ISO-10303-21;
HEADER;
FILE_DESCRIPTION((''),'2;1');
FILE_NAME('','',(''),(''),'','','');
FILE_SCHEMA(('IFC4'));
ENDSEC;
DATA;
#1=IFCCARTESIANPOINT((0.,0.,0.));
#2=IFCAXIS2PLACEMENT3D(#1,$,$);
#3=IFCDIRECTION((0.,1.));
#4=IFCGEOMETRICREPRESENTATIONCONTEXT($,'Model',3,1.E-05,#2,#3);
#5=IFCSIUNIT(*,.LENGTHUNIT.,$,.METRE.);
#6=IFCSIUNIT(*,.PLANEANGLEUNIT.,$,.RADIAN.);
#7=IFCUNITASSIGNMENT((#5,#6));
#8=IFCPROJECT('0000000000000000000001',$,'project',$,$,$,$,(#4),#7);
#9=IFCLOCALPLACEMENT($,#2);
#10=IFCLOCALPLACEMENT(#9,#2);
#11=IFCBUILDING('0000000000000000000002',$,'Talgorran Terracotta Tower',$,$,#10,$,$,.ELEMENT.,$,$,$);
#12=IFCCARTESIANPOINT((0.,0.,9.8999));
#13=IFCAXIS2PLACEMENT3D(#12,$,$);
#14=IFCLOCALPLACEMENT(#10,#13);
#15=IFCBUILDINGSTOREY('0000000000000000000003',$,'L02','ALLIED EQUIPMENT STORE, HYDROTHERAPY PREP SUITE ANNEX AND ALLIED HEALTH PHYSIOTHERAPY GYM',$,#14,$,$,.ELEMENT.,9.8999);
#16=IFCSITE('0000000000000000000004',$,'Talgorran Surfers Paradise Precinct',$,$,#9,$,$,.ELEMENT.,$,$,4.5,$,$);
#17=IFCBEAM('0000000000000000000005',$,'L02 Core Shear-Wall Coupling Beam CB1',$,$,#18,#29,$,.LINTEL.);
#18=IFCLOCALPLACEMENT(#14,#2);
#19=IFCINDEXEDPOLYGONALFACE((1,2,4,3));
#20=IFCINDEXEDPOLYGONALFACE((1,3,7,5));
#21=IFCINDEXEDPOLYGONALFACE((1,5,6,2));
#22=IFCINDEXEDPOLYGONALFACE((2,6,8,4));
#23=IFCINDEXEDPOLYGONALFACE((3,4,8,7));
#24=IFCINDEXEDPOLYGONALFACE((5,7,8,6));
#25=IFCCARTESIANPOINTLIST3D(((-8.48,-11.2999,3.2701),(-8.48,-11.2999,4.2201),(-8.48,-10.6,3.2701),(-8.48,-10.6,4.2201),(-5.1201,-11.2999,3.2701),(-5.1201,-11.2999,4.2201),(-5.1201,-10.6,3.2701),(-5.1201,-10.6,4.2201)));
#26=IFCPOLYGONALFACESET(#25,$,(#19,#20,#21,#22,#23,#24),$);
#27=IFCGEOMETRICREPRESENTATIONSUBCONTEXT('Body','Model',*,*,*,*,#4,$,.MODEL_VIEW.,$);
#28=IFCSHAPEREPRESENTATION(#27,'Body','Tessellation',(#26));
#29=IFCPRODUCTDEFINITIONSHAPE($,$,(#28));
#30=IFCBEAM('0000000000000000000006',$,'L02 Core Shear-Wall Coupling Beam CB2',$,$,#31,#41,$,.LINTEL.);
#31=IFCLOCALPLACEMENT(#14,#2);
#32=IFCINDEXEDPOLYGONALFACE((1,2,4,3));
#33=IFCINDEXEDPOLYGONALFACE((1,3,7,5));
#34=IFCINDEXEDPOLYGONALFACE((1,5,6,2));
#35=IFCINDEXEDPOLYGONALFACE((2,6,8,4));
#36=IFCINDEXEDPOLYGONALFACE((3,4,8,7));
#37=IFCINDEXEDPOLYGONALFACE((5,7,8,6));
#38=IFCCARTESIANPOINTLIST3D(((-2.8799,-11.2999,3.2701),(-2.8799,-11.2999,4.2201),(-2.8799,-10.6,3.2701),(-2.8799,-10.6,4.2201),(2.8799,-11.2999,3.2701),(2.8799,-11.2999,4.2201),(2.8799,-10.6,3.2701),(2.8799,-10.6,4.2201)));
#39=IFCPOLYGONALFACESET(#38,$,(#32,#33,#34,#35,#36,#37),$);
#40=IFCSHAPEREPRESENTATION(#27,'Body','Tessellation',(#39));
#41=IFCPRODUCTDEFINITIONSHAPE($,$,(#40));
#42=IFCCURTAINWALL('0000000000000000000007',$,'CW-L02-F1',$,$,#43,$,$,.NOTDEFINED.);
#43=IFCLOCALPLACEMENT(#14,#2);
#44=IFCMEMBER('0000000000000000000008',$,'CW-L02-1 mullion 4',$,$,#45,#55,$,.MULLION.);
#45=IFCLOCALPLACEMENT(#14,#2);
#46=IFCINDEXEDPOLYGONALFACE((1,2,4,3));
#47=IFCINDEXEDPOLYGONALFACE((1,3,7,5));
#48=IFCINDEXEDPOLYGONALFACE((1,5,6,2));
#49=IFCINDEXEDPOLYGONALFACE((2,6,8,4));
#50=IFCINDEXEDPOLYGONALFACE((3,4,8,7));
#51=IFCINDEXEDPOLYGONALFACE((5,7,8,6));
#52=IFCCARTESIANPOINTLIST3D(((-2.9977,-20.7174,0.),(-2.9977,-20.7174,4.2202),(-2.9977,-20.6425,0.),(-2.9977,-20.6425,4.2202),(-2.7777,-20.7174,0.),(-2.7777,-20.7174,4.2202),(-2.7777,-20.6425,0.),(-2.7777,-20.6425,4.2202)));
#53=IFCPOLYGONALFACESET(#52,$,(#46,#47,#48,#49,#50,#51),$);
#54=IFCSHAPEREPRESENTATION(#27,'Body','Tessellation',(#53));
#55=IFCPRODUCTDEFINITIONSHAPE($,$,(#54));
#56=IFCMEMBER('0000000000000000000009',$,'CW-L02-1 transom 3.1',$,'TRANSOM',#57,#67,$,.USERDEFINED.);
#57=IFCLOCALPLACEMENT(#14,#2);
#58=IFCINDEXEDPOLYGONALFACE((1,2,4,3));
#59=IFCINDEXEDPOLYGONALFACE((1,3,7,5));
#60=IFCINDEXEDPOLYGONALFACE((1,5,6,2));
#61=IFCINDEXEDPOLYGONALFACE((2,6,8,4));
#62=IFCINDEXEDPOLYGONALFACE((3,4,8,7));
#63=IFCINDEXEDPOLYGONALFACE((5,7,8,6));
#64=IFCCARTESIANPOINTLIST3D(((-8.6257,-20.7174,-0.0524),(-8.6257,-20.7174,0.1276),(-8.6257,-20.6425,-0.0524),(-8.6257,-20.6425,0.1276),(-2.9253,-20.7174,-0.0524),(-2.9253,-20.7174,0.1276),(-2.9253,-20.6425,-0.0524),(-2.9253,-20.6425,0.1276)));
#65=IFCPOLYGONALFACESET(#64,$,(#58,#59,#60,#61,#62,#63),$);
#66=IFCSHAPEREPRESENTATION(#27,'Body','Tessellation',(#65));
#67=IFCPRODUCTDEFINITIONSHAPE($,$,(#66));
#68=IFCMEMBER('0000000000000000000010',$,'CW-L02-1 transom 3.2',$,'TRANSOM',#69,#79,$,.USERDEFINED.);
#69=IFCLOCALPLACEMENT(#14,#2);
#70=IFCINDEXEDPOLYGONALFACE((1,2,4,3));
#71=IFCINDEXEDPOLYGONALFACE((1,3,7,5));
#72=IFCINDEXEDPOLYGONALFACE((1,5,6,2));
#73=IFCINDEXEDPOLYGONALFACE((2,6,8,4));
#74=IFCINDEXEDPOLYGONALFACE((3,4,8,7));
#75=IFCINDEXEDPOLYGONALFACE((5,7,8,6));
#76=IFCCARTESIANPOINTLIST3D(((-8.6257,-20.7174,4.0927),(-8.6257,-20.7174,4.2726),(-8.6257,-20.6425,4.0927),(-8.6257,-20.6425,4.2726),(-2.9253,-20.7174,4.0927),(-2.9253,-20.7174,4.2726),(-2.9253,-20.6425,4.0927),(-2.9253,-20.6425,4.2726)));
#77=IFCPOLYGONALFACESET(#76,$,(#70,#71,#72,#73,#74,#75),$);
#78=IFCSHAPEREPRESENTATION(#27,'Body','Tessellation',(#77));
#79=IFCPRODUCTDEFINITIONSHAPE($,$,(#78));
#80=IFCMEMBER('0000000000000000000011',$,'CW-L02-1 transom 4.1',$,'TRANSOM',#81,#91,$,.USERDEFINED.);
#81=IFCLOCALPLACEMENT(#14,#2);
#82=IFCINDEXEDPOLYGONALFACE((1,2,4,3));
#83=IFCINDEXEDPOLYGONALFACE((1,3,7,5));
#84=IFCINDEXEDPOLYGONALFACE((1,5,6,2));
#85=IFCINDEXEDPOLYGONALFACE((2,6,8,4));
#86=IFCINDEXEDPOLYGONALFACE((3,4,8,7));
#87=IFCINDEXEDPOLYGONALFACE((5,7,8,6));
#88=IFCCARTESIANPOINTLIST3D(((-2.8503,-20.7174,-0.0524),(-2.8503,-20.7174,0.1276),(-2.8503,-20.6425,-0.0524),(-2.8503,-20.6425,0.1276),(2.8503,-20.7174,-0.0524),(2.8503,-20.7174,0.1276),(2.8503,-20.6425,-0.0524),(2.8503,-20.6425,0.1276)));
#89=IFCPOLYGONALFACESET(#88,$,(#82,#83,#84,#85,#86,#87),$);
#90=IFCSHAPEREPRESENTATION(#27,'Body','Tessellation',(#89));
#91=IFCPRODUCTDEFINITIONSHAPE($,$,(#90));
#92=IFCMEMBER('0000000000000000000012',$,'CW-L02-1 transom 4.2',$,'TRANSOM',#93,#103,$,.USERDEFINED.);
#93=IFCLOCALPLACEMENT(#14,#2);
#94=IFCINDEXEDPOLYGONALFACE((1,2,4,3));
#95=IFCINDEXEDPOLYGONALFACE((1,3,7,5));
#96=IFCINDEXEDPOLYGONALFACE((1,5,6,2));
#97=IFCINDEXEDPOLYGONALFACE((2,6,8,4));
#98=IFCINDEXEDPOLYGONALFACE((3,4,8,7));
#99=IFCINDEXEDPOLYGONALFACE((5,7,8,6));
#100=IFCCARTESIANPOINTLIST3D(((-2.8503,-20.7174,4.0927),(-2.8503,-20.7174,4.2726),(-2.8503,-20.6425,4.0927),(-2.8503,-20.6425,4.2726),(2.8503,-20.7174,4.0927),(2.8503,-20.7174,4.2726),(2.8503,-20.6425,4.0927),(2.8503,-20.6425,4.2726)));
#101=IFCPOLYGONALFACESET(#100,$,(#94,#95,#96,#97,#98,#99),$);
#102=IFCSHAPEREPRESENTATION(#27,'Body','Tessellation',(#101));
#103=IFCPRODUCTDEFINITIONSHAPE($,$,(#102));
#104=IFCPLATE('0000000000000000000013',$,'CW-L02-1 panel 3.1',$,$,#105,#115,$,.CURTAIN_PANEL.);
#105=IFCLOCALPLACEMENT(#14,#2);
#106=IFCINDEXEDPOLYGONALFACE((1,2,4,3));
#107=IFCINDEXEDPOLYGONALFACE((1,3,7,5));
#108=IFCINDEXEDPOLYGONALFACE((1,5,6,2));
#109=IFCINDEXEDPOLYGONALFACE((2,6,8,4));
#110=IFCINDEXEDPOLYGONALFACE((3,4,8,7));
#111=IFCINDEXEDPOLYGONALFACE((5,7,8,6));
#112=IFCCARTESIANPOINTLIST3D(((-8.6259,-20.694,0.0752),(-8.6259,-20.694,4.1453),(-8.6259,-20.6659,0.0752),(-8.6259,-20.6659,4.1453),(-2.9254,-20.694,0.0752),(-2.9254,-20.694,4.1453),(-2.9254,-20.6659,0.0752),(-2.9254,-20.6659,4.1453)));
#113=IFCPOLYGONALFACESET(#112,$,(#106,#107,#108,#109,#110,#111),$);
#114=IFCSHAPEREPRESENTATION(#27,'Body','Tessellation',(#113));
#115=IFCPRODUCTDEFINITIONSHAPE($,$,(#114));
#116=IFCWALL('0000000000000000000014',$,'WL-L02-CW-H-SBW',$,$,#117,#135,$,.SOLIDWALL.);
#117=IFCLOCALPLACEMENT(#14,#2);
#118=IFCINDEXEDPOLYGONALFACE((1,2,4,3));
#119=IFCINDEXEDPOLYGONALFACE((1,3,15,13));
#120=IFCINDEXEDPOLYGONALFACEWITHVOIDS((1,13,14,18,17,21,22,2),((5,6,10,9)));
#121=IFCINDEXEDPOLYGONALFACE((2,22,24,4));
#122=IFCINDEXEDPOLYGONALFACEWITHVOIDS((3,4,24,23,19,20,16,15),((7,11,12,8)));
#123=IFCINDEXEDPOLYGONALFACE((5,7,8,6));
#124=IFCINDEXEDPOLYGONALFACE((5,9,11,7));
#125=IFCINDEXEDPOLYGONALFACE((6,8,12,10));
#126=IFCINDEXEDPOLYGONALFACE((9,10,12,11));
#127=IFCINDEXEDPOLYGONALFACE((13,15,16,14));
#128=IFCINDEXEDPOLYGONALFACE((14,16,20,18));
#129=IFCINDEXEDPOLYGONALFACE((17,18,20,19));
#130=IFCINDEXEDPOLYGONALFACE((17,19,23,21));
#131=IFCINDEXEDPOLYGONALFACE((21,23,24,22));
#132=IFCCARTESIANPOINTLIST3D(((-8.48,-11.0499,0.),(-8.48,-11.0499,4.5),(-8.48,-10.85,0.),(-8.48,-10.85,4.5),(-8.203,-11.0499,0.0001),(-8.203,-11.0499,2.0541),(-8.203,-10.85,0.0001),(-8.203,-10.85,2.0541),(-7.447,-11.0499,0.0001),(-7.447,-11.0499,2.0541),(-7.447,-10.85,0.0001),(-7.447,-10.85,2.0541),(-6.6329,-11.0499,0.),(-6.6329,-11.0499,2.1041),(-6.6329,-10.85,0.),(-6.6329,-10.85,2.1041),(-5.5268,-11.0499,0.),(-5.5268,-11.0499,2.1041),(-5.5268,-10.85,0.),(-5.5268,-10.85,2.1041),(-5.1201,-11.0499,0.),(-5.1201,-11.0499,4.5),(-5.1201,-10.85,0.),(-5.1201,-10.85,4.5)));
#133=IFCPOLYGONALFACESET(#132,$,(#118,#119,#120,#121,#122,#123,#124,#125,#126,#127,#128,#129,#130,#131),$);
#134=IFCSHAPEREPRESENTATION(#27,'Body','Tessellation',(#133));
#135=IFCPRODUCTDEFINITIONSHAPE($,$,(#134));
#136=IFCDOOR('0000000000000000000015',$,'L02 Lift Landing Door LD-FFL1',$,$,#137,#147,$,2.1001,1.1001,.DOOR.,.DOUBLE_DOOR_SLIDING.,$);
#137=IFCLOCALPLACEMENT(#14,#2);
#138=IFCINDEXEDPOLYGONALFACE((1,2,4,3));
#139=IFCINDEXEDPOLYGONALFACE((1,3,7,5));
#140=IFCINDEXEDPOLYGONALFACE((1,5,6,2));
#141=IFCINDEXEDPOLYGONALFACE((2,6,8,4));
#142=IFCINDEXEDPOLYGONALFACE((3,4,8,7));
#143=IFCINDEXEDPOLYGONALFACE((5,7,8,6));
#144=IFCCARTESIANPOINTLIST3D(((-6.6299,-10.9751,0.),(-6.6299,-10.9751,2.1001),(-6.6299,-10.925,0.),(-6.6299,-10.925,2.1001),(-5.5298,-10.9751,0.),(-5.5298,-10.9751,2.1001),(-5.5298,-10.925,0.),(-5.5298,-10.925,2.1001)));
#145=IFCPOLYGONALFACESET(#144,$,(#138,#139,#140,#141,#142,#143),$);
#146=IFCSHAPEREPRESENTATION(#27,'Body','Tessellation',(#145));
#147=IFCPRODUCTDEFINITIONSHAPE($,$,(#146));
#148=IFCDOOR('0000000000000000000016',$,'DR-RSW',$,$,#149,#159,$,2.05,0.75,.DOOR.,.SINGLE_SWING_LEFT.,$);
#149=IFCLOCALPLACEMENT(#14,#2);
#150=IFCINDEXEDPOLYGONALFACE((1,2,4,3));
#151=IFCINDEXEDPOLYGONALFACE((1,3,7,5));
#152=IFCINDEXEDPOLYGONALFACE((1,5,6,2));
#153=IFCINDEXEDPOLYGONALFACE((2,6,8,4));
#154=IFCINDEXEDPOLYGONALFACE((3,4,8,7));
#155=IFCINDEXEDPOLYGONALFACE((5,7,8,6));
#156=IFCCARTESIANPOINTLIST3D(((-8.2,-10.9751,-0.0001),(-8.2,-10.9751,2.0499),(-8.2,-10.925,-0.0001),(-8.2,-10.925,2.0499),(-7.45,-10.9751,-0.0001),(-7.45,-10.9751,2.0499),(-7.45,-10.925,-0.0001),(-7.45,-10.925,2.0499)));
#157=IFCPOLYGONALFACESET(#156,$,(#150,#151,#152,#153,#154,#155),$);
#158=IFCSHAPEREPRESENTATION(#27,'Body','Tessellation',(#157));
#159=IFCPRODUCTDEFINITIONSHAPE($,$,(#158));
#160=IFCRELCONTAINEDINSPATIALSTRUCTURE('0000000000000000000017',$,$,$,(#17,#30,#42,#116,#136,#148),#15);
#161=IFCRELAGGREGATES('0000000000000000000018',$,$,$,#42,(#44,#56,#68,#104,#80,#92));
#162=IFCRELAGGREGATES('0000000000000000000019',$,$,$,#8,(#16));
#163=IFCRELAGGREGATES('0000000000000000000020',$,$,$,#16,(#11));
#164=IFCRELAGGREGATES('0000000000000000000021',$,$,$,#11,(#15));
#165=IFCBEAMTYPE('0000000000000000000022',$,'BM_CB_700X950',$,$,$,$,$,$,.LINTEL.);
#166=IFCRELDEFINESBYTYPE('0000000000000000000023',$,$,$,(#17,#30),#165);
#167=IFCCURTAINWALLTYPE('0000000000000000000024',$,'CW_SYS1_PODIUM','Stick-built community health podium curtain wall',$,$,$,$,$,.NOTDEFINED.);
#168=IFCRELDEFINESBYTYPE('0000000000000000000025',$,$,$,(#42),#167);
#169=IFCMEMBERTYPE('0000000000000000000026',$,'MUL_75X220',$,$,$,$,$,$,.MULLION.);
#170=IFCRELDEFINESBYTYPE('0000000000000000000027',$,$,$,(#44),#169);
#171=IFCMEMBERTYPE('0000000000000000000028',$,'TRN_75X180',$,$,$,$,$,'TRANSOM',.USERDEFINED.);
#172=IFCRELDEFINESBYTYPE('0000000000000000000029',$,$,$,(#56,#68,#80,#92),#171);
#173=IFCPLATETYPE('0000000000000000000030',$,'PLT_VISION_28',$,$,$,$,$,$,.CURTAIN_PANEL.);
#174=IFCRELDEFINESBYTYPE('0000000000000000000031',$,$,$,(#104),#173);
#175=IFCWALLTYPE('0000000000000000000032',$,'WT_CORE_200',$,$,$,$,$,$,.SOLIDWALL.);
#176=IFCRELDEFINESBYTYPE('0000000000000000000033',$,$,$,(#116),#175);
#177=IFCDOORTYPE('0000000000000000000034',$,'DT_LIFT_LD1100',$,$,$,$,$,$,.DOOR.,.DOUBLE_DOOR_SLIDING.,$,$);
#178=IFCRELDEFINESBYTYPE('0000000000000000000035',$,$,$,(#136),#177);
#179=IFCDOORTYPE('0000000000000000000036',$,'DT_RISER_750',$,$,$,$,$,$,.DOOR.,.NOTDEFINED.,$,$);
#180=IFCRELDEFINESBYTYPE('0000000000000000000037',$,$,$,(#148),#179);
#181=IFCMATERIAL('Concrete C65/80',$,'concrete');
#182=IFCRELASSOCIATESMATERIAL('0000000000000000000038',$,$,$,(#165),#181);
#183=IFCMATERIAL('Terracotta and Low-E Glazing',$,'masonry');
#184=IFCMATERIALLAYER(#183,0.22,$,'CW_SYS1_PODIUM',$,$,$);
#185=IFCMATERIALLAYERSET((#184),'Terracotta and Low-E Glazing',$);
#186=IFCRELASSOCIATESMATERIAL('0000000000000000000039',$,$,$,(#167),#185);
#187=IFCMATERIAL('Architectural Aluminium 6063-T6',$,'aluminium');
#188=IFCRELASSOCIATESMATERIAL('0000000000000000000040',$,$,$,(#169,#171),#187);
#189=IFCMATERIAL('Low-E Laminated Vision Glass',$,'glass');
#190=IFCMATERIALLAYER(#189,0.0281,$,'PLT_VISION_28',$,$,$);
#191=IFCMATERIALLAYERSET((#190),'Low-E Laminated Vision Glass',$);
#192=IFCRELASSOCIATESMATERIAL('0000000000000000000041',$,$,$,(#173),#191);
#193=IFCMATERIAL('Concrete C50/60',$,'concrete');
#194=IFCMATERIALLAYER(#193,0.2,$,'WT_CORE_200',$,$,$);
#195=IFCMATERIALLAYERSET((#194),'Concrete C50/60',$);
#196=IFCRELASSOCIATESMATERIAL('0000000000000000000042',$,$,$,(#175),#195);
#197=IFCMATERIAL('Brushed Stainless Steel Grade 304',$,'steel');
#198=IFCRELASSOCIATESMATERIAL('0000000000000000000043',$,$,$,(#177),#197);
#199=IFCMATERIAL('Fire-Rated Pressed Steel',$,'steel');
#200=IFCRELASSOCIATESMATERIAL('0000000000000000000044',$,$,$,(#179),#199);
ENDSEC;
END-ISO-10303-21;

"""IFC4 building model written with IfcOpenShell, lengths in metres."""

from ifc_helpers import new_model, si_unit, direction, frame, frame_2d, origin, origin_2d, place, context, subcontext, project, spatial, rectangle, extrude, source, transform, mapped, material, layer, layer_set, material_profile, profile_set, type_object, type_shapes, element, fill, aggregate, save


model = new_model("IFC4")

# Units and contexts
model_context = context("Model", 3, precision=1e-05, world=origin(), true_north=direction((0.0, 1.0)))
body_context = subcontext(model_context, "Body", "Model", "MODEL_VIEW")
ifc_project = project(units=[si_unit("LENGTHUNIT", "METRE"), si_unit("PLANEANGLEUNIT", "RADIAN")], contexts=[model_context])

# Site, building, storey
site_placement = place(None, origin())
site = spatial("IfcSite", under=ifc_project, at=site_placement, Name="Talgorran Surfers Paradise Precinct", CompositionType="ELEMENT", RefElevation=4.5)
building_placement = place(site_placement, origin())
building = spatial("IfcBuilding", under=site, at=building_placement, Name="Talgorran Terracotta Tower", CompositionType="ELEMENT")
storey_placement = place(building_placement, frame((0.0, 0.0, 9.8999)))
storey = spatial("IfcBuildingStorey", under=building, at=storey_placement, Name="L02", Description="ALLIED EQUIPMENT STORE, HYDROTHERAPY PREP SUITE ANNEX AND ALLIED HEALTH PHYSIOTHERAPY GYM", CompositionType="ELEMENT", Elevation=9.8999)

# Beams
ifc_material_1 = material(Name="Concrete C65/80", Category="concrete")
ifc_material_profile_1 = material_profile(ifc_material_1, rectangle(XDim=0.7, YDim=0.95, at=origin_2d()), Name="RCCB700X950")
ifc_profile_set_1 = profile_set([ifc_material_profile_1], Name="Concrete C65/80")
beam_type = type_object("IfcBeamType", Name="BM_CB_700X950", PredefinedType="LINTEL", material=ifc_profile_set_1)
beam_1_placement = place(storey_placement, frame((-8.48, -10.95, 3.7451), z_axis=(1.0, 0.0, 0.0), x_axis=(0.0, 1.0, 0.0)))
element("IfcBeam", 1, at=beam_1_placement, inside=storey, type_object=beam_type, Name="L02 Core Shear-Wall Coupling Beam CB1", PredefinedType="LINTEL", context=body_context, shape_type="SweptSolid", body=[
    extrude(rectangle(XDim=0.7, YDim=0.95, at=origin_2d()), origin(), (0.0, 0.0, 1.0), 3.3599),
])
beam_2_placement = place(storey_placement, frame((-2.8799, -10.95, 3.7451), z_axis=(1.0, 0.0, 0.0), x_axis=(0.0, 1.0, 0.0)))
element("IfcBeam", 2, at=beam_2_placement, inside=storey, type_object=beam_type, Name="L02 Core Shear-Wall Coupling Beam CB2", PredefinedType="LINTEL", context=body_context, shape_type="SweptSolid", body=[
    extrude(rectangle(XDim=0.7, YDim=0.95, at=origin_2d()), origin(), (0.0, 0.0, 1.0), 5.7598),
])

# Curtain wall, members, plate
ifc_material_2 = material(Name="Terracotta and Low-E Glazing", Category="masonry")
ifc_layer_1 = layer(ifc_material_2, 0.22, Name="CW_SYS1_PODIUM")
ifc_layer_set_1 = layer_set([ifc_layer_1], Name="Terracotta and Low-E Glazing")
curtain_wall_type = type_object("IfcCurtainWallType", Name="CW_SYS1_PODIUM", Description="Stick-built community health podium curtain wall", PredefinedType="NOTDEFINED", material=ifc_layer_set_1)
curtain_wall_placement = place(storey_placement, origin())
curtain_wall = element("IfcCurtainWall", 3, at=curtain_wall_placement, inside=storey, type_object=curtain_wall_type, Name="CW-L02-F1", PredefinedType="NOTDEFINED")
ifc_material_3 = material(Name="Architectural Aluminium 6063-T6", Category="aluminium")
ifc_material_profile_2 = material_profile(ifc_material_3, rectangle(XDim=0.075, YDim=0.22, at=origin_2d()), Name="CWM75X220")
ifc_profile_set_2 = profile_set([ifc_material_profile_2], Name="Architectural Aluminium 6063-T6")
member_type_1 = type_object("IfcMemberType", Name="MUL_75X220", PredefinedType="MULLION", material=ifc_profile_set_2)
member_1_placement = place(storey_placement, frame((-2.8877, -20.6799, 0.0), z_axis=(0.0, 0.0, 1.0), x_axis=(0.0, 1.0, 0.0)))
member_1 = element("IfcMember", 4, at=member_1_placement, type_object=member_type_1, Name="CW-L02-1 mullion 4", PredefinedType="MULLION", context=body_context, shape_type="SweptSolid", body=[
    extrude(rectangle(XDim=0.075, YDim=0.22, at=origin_2d()), origin(), (0.0, 0.0, 1.0), 4.2202),
])
ifc_material_profile_3 = material_profile(ifc_material_3, rectangle(XDim=0.075, YDim=0.1799, at=origin_2d()), Name="CWT75X180")
ifc_profile_set_3 = profile_set([ifc_material_profile_3], Name="Architectural Aluminium 6063-T6")
member_type_2 = type_object("IfcMemberType", Name="TRN_75X180", ElementType="TRANSOM", PredefinedType="USERDEFINED", material=ifc_profile_set_3)
member_2_placement = place(storey_placement, frame((-8.6257, -20.6799, 0.0376), z_axis=(1.0, 0.0, 0.0), x_axis=(0.0, 1.0, 0.0)))
member_2 = element("IfcMember", 5, at=member_2_placement, type_object=member_type_2, Name="CW-L02-1 transom 3.1", ObjectType="TRANSOM", PredefinedType="USERDEFINED", context=body_context, shape_type="SweptSolid", body=[
    extrude(rectangle(XDim=0.075, YDim=0.1799, at=origin_2d()), origin(), (0.0, 0.0, 1.0), 5.7004),
])
member_3_placement = place(storey_placement, frame((-8.6257, -20.6799, 4.1826), z_axis=(1.0, 0.0, 0.0), x_axis=(0.0, 1.0, 0.0)))
member_3 = element("IfcMember", 6, at=member_3_placement, type_object=member_type_2, Name="CW-L02-1 transom 3.2", ObjectType="TRANSOM", PredefinedType="USERDEFINED", context=body_context, shape_type="SweptSolid", body=[
    extrude(rectangle(XDim=0.075, YDim=0.1799, at=origin_2d()), origin(), (0.0, 0.0, 1.0), 5.7004),
])
member_4_placement = place(storey_placement, frame((-2.8503, -20.6799, 0.0376), z_axis=(1.0, 0.0, 0.0), x_axis=(0.0, 1.0, 0.0)))
member_4 = element("IfcMember", 7, at=member_4_placement, type_object=member_type_2, Name="CW-L02-1 transom 4.1", ObjectType="TRANSOM", PredefinedType="USERDEFINED", context=body_context, shape_type="SweptSolid", body=[
    extrude(rectangle(XDim=0.075, YDim=0.1799, at=origin_2d()), origin(), (0.0, 0.0, 1.0), 5.7007),
])
member_5_placement = place(storey_placement, frame((-2.8503, -20.6799, 4.1826), z_axis=(1.0, 0.0, 0.0), x_axis=(0.0, 1.0, 0.0)))
member_5 = element("IfcMember", 8, at=member_5_placement, type_object=member_type_2, Name="CW-L02-1 transom 4.2", ObjectType="TRANSOM", PredefinedType="USERDEFINED", context=body_context, shape_type="SweptSolid", body=[
    extrude(rectangle(XDim=0.075, YDim=0.1799, at=origin_2d()), origin(), (0.0, 0.0, 1.0), 5.7007),
])
ifc_material_4 = material(Name="Low-E Laminated Vision Glass", Category="glass")
ifc_layer_2 = layer(ifc_material_4, 0.0281, Name="PLT_VISION_28")
ifc_layer_set_2 = layer_set([ifc_layer_2], Name="Low-E Laminated Vision Glass")
plate_type = type_object("IfcPlateType", Name="PLT_VISION_28", PredefinedType="CURTAIN_PANEL", material=ifc_layer_set_2)
shared_shape = source(origin(), body_context, "Body", "SweptSolid", [
    extrude(rectangle(XDim=5.7004, YDim=0.0281, at=origin_2d()), origin(), (0.0, 0.0, 1.0), 4.0701),
])
type_shapes(plate_type, [shared_shape])
plate_placement = place(storey_placement, frame((-5.7756, -20.6799, 0.0752), z_axis=(0.0, 0.0, 1.0), x_axis=(1.0, 0.0, 0.0)))
plate = element("IfcPlate", 9, at=plate_placement, type_object=plate_type, Name="CW-L02-1 panel 3.1", PredefinedType="CURTAIN_PANEL", context=body_context, shape_type="MappedRepresentation", body=[
    mapped(shared_shape, transform((0.0, 0.0, 0.0), scale=1.0)),
])
aggregate(curtain_wall, [member_1, member_2, member_3, plate, member_4, member_5])

# Wall, openings, doors
ifc_material_5 = material(Name="Concrete C50/60", Category="concrete")
ifc_layer_3 = layer(ifc_material_5, 0.2, Name="WT_CORE_200")
ifc_layer_set_3 = layer_set([ifc_layer_3], Name="Concrete C50/60")
wall_type_1 = type_object("IfcWallType", Name="WT_CORE_200", PredefinedType="SOLIDWALL", material=ifc_layer_set_3)
wall_1_placement = place(storey_placement, frame((-8.48, -10.95, 0.0), z_axis=(0.0, 0.0, 1.0), x_axis=(1.0, 0.0, 0.0)))
wall_1 = element("IfcWall", 10, at=wall_1_placement, inside=storey, type_object=wall_type_1, Name="WL-L02-CW-H-SBW", PredefinedType="SOLIDWALL", context=body_context, shape_type="SweptSolid", body=[
    extrude(rectangle(XDim=3.3599, YDim=0.2, at=frame_2d((1.6799, 0.0))), origin(), (0.0, 0.0, 1.0), 4.5),
])
opening_1_placement = place(wall_1_placement, frame((0.28, 0.0, 0.0)))
opening_1 = element("IfcOpeningElement", 11, at=opening_1_placement, cuts=wall_1, PredefinedType="OPENING", context=body_context, shape_type="SweptSolid", body=[
    extrude(rectangle(XDim=0.756, YDim=2.054, at=frame_2d((0.375, 1.0271))), frame((0.0, 0.1099, 0.0), z_axis=(0.0, -1.0, 0.0), x_axis=(1.0, 0.0, 0.0)), (0.0, 0.0, 1.0), 0.22),
])
opening_2_placement = place(wall_1_placement, frame((1.8501, 0.0, 0.0)))
opening_2 = element("IfcOpeningElement", 12, at=opening_2_placement, cuts=wall_1, PredefinedType="OPENING", context=body_context, shape_type="SweptSolid", body=[
    extrude(rectangle(XDim=1.1061, YDim=2.1041, at=frame_2d((0.55, 1.052))), frame((0.0, 0.1099, 0.0), z_axis=(0.0, -1.0, 0.0), x_axis=(1.0, 0.0, 0.0)), (0.0, 0.0, 1.0), 0.22),
])
ifc_material_6 = material(Name="Brushed Stainless Steel Grade 304", Category="steel")
door_type_1 = type_object("IfcDoorType", Name="DT_LIFT_LD1100", OperationType="DOUBLE_DOOR_SLIDING", PredefinedType="DOOR", material=ifc_material_6)
door_1_placement = place(opening_2_placement, origin())
door_1 = element("IfcDoor", 13, at=door_1_placement, inside=storey, type_object=door_type_1, Name="L02 Lift Landing Door LD-FFL1", OperationType="DOUBLE_DOOR_SLIDING", OverallHeight=2.1001, OverallWidth=1.1001, PredefinedType="DOOR", context=body_context, shape_type="SweptSolid", body=[
    extrude(rectangle(XDim=1.1001, YDim=2.1001, at=frame_2d((0.55, 1.05))), frame((0.0, 0.0249, 0.0), z_axis=(0.0, -1.0, 0.0), x_axis=(1.0, 0.0, 0.0)), (0.0, 0.0, 1.0), 0.05),
])
fill(opening_2, door_1)
ifc_material_7 = material(Name="Fire-Rated Pressed Steel", Category="steel")
door_type_2 = type_object("IfcDoorType", Name="DT_RISER_750", OperationType="NOTDEFINED", PredefinedType="DOOR", material=ifc_material_7)
door_2_placement = place(opening_1_placement, origin())
door_2 = element("IfcDoor", 14, at=door_2_placement, inside=storey, type_object=door_type_2, Name="DR-RSW", OperationType="SINGLE_SWING_LEFT", OverallHeight=2.05, OverallWidth=0.75, PredefinedType="DOOR", context=body_context, shape_type="SweptSolid", body=[
    extrude(rectangle(XDim=0.75, YDim=2.05, at=frame_2d((0.375, 1.0249))), frame((0.0, 0.0249, 0.0), z_axis=(0.0, -1.0, 0.0), x_axis=(1.0, 0.0, 0.0)), (0.0, 0.0, 1.0), 0.05),
])
fill(opening_1, door_2)

save(model, "model.ifc")
